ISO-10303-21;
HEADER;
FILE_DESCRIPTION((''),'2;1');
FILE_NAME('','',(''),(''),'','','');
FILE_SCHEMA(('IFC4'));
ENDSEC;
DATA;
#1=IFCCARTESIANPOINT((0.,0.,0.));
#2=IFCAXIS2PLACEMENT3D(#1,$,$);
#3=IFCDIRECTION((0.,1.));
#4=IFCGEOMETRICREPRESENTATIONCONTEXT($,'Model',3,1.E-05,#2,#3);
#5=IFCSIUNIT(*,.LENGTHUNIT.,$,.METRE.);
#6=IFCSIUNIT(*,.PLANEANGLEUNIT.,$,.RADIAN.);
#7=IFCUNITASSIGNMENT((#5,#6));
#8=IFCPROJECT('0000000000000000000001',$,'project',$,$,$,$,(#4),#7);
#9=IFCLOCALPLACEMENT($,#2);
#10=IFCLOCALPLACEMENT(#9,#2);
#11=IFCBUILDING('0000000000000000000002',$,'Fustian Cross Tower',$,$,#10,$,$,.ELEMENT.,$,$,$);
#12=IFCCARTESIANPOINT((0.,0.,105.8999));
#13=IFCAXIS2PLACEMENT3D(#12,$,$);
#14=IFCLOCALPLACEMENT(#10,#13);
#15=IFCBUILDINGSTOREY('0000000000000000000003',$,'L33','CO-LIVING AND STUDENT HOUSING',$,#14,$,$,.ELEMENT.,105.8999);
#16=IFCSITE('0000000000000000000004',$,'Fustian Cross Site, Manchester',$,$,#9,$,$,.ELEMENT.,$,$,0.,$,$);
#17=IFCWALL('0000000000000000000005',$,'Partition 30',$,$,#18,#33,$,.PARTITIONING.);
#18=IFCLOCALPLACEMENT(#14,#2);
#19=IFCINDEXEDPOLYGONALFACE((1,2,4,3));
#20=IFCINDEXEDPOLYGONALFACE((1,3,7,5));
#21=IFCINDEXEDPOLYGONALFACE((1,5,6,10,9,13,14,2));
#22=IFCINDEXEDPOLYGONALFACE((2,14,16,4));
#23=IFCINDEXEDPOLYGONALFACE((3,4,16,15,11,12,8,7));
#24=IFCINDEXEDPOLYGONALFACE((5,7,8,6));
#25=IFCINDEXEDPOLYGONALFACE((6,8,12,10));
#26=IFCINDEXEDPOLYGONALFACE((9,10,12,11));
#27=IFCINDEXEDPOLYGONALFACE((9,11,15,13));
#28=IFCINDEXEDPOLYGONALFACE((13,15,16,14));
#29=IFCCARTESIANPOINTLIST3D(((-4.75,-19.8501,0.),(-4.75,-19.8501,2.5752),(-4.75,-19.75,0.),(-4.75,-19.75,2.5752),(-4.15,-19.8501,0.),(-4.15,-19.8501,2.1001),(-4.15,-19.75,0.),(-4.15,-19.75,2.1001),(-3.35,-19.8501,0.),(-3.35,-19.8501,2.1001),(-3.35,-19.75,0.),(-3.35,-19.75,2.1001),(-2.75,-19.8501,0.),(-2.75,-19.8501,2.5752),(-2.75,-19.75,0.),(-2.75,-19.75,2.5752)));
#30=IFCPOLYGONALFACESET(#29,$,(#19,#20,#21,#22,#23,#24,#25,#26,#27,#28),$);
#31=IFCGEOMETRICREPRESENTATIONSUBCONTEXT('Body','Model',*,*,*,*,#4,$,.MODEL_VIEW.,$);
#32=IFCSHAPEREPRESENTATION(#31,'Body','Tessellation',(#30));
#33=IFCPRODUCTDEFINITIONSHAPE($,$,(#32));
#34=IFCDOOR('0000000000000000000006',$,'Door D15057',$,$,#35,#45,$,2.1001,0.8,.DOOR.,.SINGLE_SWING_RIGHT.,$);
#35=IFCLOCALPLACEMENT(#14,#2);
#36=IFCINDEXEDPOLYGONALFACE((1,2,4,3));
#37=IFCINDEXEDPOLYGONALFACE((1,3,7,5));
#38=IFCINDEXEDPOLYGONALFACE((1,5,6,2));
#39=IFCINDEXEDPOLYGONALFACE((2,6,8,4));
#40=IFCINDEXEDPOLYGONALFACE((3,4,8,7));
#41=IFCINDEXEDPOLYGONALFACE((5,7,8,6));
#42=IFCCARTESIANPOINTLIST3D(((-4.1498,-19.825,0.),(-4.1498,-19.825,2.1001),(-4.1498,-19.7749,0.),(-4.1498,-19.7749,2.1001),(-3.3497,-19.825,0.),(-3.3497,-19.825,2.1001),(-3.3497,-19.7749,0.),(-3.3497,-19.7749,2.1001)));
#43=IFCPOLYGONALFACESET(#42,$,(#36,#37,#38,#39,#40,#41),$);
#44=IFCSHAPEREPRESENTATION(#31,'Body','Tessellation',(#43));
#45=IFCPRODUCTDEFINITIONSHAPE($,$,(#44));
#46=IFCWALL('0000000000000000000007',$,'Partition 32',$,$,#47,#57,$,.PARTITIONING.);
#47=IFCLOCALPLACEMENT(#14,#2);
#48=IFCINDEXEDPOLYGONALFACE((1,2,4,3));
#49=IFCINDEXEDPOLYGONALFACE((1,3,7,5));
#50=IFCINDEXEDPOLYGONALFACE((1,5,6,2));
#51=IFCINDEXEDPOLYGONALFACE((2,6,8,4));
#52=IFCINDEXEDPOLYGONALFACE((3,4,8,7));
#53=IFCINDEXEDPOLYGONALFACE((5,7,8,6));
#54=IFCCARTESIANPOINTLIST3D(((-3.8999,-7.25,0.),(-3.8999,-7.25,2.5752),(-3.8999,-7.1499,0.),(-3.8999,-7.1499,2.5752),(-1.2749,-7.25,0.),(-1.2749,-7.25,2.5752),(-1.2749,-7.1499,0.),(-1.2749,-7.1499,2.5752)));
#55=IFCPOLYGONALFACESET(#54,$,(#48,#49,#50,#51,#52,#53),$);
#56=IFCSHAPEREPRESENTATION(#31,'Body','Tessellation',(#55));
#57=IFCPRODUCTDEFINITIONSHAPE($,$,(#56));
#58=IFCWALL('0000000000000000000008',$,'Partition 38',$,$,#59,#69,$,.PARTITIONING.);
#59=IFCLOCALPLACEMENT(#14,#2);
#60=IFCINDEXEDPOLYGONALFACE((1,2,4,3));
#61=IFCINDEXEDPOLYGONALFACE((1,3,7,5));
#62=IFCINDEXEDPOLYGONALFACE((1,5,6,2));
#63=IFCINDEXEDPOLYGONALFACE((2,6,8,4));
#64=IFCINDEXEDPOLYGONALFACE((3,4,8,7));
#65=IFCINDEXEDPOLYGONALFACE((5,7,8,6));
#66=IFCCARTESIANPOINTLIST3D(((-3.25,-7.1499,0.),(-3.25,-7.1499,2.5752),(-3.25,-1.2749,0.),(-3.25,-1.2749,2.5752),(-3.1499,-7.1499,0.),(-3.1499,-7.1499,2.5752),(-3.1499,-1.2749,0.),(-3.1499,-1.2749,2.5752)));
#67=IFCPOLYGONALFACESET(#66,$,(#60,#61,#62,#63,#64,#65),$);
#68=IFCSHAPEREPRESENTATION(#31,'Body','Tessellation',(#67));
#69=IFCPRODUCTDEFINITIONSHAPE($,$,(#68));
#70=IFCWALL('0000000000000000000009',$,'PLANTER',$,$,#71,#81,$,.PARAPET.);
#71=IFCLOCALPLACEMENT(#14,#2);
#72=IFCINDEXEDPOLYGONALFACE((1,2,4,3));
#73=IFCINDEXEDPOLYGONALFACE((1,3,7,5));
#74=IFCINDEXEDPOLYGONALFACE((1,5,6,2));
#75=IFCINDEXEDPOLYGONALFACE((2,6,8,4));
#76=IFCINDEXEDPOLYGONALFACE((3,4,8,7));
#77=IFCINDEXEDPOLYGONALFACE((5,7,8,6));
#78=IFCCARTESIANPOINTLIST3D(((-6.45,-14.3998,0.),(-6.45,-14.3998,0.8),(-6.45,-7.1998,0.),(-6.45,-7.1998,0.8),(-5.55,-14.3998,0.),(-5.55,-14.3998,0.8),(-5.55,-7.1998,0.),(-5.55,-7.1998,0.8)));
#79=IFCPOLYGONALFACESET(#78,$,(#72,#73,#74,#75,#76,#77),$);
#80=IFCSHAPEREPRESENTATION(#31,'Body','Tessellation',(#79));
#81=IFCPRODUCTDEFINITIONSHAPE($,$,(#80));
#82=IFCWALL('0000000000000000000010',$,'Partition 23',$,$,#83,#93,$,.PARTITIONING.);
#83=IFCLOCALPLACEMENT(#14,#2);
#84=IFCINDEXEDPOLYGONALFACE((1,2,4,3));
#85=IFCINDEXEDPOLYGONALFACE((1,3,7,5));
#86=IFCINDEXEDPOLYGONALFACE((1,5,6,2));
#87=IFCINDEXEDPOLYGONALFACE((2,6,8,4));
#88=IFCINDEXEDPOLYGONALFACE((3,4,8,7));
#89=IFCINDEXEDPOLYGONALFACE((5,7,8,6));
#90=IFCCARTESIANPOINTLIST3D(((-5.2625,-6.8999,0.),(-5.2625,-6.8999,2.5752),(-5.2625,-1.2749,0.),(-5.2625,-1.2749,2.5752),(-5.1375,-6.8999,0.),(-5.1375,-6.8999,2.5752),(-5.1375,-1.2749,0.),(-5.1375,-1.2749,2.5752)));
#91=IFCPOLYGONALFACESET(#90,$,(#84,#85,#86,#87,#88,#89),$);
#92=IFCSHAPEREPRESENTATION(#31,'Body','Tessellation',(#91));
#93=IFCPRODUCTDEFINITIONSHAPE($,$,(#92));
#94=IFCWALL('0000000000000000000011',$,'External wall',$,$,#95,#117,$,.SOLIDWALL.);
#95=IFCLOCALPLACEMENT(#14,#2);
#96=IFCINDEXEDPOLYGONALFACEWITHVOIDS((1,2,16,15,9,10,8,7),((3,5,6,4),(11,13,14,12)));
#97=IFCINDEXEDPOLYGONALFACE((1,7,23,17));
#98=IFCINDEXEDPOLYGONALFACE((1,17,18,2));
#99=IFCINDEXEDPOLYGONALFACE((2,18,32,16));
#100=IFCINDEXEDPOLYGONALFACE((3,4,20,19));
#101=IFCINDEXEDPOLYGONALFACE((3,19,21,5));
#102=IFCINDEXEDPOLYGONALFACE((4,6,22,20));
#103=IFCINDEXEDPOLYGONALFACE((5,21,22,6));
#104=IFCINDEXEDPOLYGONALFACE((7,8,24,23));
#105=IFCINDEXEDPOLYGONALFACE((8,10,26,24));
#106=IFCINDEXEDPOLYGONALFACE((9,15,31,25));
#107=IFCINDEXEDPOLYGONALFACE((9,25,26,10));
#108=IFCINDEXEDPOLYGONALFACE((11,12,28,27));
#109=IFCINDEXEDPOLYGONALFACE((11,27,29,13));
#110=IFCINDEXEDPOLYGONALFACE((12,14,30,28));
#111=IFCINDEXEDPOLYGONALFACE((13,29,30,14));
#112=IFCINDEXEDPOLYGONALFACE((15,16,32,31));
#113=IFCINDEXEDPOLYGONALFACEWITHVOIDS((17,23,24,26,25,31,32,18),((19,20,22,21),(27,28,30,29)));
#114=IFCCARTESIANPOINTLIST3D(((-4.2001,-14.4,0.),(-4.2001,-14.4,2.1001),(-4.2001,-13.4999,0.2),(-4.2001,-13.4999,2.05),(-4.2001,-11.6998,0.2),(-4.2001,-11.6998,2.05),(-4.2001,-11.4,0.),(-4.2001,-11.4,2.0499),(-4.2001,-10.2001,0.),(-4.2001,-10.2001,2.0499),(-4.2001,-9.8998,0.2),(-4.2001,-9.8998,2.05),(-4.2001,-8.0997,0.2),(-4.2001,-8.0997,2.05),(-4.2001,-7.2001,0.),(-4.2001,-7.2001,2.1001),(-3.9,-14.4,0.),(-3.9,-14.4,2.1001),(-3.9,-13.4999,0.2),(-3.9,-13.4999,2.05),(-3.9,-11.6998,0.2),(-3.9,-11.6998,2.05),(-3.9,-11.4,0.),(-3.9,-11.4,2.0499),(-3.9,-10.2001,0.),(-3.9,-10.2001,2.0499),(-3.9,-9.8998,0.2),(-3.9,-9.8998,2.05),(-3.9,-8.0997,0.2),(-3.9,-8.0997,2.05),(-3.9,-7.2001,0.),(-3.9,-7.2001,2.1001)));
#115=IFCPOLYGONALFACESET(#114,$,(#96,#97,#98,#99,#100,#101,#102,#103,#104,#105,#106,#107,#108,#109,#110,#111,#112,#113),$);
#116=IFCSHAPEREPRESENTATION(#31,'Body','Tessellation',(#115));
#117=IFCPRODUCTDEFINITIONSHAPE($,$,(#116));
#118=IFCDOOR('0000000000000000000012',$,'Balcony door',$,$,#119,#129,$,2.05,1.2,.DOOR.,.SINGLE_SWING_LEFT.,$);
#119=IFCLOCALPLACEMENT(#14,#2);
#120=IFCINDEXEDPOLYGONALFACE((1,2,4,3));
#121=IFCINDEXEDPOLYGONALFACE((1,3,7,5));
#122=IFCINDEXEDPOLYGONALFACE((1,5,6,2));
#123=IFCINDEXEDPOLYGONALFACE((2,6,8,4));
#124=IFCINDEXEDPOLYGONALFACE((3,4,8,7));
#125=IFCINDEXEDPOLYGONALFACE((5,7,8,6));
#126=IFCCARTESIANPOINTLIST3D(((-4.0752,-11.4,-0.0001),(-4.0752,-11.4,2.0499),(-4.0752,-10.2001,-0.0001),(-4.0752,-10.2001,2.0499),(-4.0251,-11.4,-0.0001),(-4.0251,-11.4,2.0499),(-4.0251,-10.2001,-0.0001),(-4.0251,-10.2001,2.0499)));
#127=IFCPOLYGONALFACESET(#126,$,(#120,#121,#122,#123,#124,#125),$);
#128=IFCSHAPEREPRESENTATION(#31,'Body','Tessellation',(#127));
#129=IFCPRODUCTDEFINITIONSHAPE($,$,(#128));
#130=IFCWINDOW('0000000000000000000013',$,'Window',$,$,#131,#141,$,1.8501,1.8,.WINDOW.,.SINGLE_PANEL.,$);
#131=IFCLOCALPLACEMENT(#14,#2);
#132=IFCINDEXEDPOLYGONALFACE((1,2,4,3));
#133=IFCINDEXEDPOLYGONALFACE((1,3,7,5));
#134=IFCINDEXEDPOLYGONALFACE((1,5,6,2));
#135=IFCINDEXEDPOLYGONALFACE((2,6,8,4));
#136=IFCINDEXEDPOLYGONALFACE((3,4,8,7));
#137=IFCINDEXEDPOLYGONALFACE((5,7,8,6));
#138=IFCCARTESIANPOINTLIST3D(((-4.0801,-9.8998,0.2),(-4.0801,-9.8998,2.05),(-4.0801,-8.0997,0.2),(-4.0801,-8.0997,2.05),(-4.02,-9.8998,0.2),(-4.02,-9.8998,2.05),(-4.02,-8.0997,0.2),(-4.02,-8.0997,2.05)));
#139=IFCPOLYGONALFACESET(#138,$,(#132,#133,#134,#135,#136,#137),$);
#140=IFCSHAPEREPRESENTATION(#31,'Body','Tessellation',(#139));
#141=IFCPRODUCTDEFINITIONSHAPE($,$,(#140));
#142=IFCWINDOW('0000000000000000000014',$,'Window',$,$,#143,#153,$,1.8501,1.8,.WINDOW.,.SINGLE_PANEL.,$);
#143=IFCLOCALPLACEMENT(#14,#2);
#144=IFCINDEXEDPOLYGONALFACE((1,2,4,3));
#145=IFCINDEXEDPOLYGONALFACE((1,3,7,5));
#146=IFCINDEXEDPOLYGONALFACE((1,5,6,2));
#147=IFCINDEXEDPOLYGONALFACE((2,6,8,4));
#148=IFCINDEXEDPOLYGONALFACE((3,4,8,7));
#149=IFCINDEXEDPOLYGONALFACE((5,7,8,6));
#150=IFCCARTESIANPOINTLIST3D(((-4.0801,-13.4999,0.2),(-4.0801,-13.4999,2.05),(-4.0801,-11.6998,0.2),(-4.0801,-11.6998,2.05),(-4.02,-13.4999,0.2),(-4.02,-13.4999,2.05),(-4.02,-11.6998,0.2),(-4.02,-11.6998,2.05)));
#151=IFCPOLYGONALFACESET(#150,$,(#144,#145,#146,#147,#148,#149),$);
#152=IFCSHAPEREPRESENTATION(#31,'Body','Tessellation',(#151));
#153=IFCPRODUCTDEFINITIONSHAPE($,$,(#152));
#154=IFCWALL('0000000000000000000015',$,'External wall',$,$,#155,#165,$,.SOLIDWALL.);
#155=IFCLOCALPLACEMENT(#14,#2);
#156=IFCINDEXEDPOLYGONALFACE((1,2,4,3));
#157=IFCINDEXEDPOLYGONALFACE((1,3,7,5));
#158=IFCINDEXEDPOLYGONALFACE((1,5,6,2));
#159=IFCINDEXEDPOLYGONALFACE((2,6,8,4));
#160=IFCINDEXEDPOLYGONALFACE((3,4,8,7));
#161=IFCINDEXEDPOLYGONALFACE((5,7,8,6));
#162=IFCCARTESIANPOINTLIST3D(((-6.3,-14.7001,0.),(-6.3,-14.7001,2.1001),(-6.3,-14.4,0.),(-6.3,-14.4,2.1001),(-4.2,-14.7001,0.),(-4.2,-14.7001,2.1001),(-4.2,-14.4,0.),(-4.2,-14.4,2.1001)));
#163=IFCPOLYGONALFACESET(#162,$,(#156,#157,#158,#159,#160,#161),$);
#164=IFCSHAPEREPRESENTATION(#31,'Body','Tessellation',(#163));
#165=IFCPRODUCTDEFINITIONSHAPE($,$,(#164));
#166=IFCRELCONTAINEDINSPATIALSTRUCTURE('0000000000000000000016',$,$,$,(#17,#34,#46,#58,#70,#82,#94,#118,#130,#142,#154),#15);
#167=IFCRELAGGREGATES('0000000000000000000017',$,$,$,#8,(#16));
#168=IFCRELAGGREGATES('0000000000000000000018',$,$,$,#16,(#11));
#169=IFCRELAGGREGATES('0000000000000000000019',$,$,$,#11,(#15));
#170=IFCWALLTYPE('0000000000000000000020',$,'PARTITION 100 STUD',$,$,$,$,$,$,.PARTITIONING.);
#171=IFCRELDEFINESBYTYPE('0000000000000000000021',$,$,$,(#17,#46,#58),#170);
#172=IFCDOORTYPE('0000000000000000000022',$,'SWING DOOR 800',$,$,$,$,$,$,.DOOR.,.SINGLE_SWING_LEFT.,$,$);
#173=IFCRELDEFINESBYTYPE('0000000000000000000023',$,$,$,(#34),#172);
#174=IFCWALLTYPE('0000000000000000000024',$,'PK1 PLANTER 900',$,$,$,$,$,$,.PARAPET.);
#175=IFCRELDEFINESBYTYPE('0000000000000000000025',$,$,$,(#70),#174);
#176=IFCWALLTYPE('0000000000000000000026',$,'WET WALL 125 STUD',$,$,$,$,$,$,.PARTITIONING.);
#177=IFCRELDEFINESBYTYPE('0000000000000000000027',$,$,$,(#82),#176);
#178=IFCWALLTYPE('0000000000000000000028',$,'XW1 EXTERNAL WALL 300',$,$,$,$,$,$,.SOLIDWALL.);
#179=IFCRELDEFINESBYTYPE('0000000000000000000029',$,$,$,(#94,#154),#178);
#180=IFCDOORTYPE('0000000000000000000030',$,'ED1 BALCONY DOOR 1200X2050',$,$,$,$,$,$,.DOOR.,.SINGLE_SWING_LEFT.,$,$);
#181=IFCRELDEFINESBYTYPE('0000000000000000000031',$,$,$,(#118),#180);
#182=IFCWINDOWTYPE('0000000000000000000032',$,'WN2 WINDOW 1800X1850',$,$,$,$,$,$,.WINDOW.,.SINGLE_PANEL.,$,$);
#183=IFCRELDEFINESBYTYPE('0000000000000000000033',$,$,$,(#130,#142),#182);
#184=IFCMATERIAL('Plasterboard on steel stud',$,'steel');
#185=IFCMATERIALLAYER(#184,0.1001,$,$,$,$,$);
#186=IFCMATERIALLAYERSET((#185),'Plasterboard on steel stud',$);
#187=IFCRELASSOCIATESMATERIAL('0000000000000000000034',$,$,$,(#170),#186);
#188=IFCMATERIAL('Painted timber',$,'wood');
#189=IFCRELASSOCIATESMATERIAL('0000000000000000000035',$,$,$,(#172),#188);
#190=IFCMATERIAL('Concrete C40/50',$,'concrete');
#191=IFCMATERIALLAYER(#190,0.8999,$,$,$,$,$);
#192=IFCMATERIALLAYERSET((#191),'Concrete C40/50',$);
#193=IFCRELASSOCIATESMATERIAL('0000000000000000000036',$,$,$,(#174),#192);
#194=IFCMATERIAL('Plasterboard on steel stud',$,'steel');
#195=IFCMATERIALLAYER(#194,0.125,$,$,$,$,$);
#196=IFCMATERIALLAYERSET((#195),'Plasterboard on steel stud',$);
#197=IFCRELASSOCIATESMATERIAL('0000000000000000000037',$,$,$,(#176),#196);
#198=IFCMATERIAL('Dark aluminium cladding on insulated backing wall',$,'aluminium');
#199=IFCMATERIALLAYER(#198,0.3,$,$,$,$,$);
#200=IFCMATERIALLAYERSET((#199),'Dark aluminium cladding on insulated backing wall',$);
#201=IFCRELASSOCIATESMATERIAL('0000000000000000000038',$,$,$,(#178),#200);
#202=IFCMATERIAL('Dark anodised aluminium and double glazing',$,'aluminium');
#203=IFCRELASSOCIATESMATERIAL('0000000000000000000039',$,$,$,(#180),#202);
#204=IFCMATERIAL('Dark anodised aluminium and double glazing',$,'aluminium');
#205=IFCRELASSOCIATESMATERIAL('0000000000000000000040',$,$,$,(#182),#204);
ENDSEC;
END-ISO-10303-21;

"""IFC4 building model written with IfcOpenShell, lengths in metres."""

from ifc_helpers import new_model, si_unit, direction, frame, frame_2d, origin, place, context, subcontext, project, spatial, rectangle, extrude, material, layer, layer_set, type_object, element, fill, save


model = new_model("IFC4")

# Units and contexts
model_context = context("Model", 3, precision=1e-05, world=origin(), true_north=direction((0.0, 1.0)))
body_context = subcontext(model_context, "Body", "Model", "MODEL_VIEW")
ifc_project = project(units=[si_unit("LENGTHUNIT", "METRE"), si_unit("PLANEANGLEUNIT", "RADIAN")], contexts=[model_context])

# Site, building, storey
site_placement = place(None, origin())
site = spatial("IfcSite", under=ifc_project, at=site_placement, Name="Fustian Cross Site, Manchester", CompositionType="ELEMENT", RefElevation=0.0)
building_placement = place(site_placement, origin())
building = spatial("IfcBuilding", under=site, at=building_placement, Name="Fustian Cross Tower", CompositionType="ELEMENT")
storey_placement = place(building_placement, frame((0.0, 0.0, 105.8999)))
storey = spatial("IfcBuildingStorey", under=building, at=storey_placement, Name="L33", Description="CO-LIVING AND STUDENT HOUSING", CompositionType="ELEMENT", Elevation=105.8999)

# Wall, opening, door
ifc_material_1 = material(Name="Plasterboard on steel stud", Category="steel")
ifc_layer_1 = layer(ifc_material_1, 0.1001)
ifc_layer_set_1 = layer_set([ifc_layer_1], Name="Plasterboard on steel stud")
wall_type_1 = type_object("IfcWallType", Name="PARTITION 100 STUD", PredefinedType="PARTITIONING", material=ifc_layer_set_1)
ifc_material_2 = material(Name="Painted timber", Category="wood")
door_type_1 = type_object("IfcDoorType", Name="SWING DOOR 800", OperationType="SINGLE_SWING_LEFT", PredefinedType="DOOR", material=ifc_material_2)
wall_1_placement = place(storey_placement, frame((-4.75, -19.8, 0.0), z_axis=(0.0, 0.0, 1.0), x_axis=(1.0, 0.0, 0.0)))
wall_1 = element("IfcWall", 1, at=wall_1_placement, inside=storey, type_object=wall_type_1, Name="Partition 30", PredefinedType="PARTITIONING", context=body_context, shape_type="SweptSolid", body=[
    extrude(rectangle(XDim=2.0, YDim=0.1001, at=frame_2d((1.0, 0.0))), origin(), (0.0, 0.0, 1.0), 2.5752),
])
opening_1_placement = place(wall_1_placement, frame((0.6001, 0.0, 0.0)))
opening_1 = element("IfcOpeningElement", 2, at=opening_1_placement, cuts=wall_1, PredefinedType="OPENING", context=body_context, shape_type="SweptSolid", body=[
    extrude(rectangle(XDim=0.8, YDim=2.1001, at=frame_2d((0.3999, 1.05))), frame((0.0, 0.0601, 0.0), z_axis=(0.0, -1.0, 0.0), x_axis=(1.0, 0.0, 0.0)), (0.0, 0.0, 1.0), 0.1201),
])
door_1_placement = place(opening_1_placement, frame((0.8, 0.0, 0.0), z_axis=(0.0, 0.0, 1.0), x_axis=(-1.0, 0.0, 0.0)))
door_1 = element("IfcDoor", 3, at=door_1_placement, inside=storey, type_object=door_type_1, Name="Door D15057", OperationType="SINGLE_SWING_RIGHT", OverallHeight=2.1001, OverallWidth=0.8, PredefinedType="DOOR", context=body_context, shape_type="SweptSolid", body=[
    extrude(rectangle(XDim=0.8, YDim=2.1001, at=frame_2d((0.3999, 1.05))), frame((0.0, 0.0249, 0.0), z_axis=(0.0, -1.0, 0.0), x_axis=(1.0, 0.0, 0.0)), (0.0, 0.0, 1.0), 0.05),
])
fill(opening_1, door_1)

# Walls
wall_2_placement = place(storey_placement, frame((-3.8999, -7.2, 0.0), z_axis=(0.0, 0.0, 1.0), x_axis=(1.0, 0.0, 0.0)))
element("IfcWall", 4, at=wall_2_placement, inside=storey, type_object=wall_type_1, Name="Partition 32", PredefinedType="PARTITIONING", context=body_context, shape_type="SweptSolid", body=[
    extrude(rectangle(XDim=2.625, YDim=0.1001, at=frame_2d((1.3125, 0.0))), origin(), (0.0, 0.0, 1.0), 2.5752),
])
wall_3_placement = place(storey_placement, frame((-3.2, -7.1499, 0.0), z_axis=(0.0, 0.0, 1.0), x_axis=(0.0, 1.0, 0.0)))
element("IfcWall", 5, at=wall_3_placement, inside=storey, type_object=wall_type_1, Name="Partition 38", PredefinedType="PARTITIONING", context=body_context, shape_type="SweptSolid", body=[
    extrude(rectangle(XDim=5.875, YDim=0.1001, at=frame_2d((2.9375, 0.0))), origin(), (0.0, 0.0, 1.0), 2.5752),
])
ifc_material_3 = material(Name="Concrete C40/50", Category="concrete")
ifc_layer_2 = layer(ifc_material_3, 0.8999)
ifc_layer_set_2 = layer_set([ifc_layer_2], Name="Concrete C40/50")
wall_type_2 = type_object("IfcWallType", Name="PK1 PLANTER 900", PredefinedType="PARAPET", material=ifc_layer_set_2)
wall_4_placement = place(storey_placement, frame((-6.0, -14.3999, 0.0), z_axis=(0.0, 0.0, 1.0), x_axis=(0.0, 1.0, 0.0)))
element("IfcWall", 6, at=wall_4_placement, inside=storey, type_object=wall_type_2, Name="PLANTER", PredefinedType="PARAPET", context=body_context, shape_type="SweptSolid", body=[
    extrude(rectangle(XDim=7.2, YDim=0.8999, at=frame_2d((3.6001, 0.0))), origin(), (0.0, 0.0, 1.0), 0.8),
])
ifc_material_4 = material(Name="Plasterboard on steel stud", Category="steel")
ifc_layer_3 = layer(ifc_material_4, 0.125)
ifc_layer_set_3 = layer_set([ifc_layer_3], Name="Plasterboard on steel stud")
wall_type_3 = type_object("IfcWallType", Name="WET WALL 125 STUD", PredefinedType="PARTITIONING", material=ifc_layer_set_3)
wall_5_placement = place(storey_placement, frame((-5.2, -6.8999, 0.0), z_axis=(0.0, 0.0, 1.0), x_axis=(0.0, 1.0, 0.0)))
element("IfcWall", 7, at=wall_5_placement, inside=storey, type_object=wall_type_3, Name="Partition 23", PredefinedType="PARTITIONING", context=body_context, shape_type="SweptSolid", body=[
    extrude(rectangle(XDim=5.625, YDim=0.125, at=frame_2d((2.8125, 0.0))), origin(), (0.0, 0.0, 1.0), 2.5752),
])

# Wall, openings, door, windows
ifc_material_5 = material(Name="Dark aluminium cladding on insulated backing wall", Category="aluminium")
ifc_layer_4 = layer(ifc_material_5, 0.3)
ifc_layer_set_4 = layer_set([ifc_layer_4], Name="Dark aluminium cladding on insulated backing wall")
wall_type_4 = type_object("IfcWallType", Name="XW1 EXTERNAL WALL 300", PredefinedType="SOLIDWALL", material=ifc_layer_set_4)
wall_6_placement = place(storey_placement, frame((-4.05, -7.2, 0.0), z_axis=(0.0, 0.0, 1.0), x_axis=(0.0, -1.0, 0.0)))
wall_6 = element("IfcWall", 8, at=wall_6_placement, inside=storey, type_object=wall_type_4, Name="External wall", PredefinedType="SOLIDWALL", context=body_context, shape_type="SweptSolid", body=[
    extrude(rectangle(XDim=7.2, YDim=0.3, at=frame_2d((3.6001, 0.0))), origin(), (0.0, 0.0, 1.0), 2.1001),
])
opening_2_placement = place(wall_6_placement, frame((3.0, 0.0, 0.0)))
opening_2 = element("IfcOpeningElement", 9, at=opening_2_placement, cuts=wall_6, PredefinedType="OPENING", context=body_context, shape_type="SweptSolid", body=[
    extrude(rectangle(XDim=1.2, YDim=2.05, at=frame_2d((0.6001, 1.0249))), frame((0.0, 0.1599, 0.0), z_axis=(0.0, -1.0, 0.0), x_axis=(1.0, 0.0, 0.0)), (0.0, 0.0, 1.0), 0.3201),
])
opening_3_placement = place(wall_6_placement, frame((0.8999, 0.0, 0.2)))
opening_3 = element("IfcOpeningElement", 10, at=opening_3_placement, cuts=wall_6, PredefinedType="OPENING", context=body_context, shape_type="SweptSolid", body=[
    extrude(rectangle(XDim=1.8, YDim=1.8501, at=frame_2d((0.8999, 0.925))), frame((0.0, 0.1599, 0.0), z_axis=(0.0, -1.0, 0.0), x_axis=(1.0, 0.0, 0.0)), (0.0, 0.0, 1.0), 0.3201),
])
opening_4_placement = place(wall_6_placement, frame((4.5, 0.0, 0.2)))
opening_4 = element("IfcOpeningElement", 11, at=opening_4_placement, cuts=wall_6, PredefinedType="OPENING", context=body_context, shape_type="SweptSolid", body=[
    extrude(rectangle(XDim=1.8, YDim=1.8501, at=frame_2d((0.8999, 0.925))), frame((0.0, 0.1599, 0.0), z_axis=(0.0, -1.0, 0.0), x_axis=(1.0, 0.0, 0.0)), (0.0, 0.0, 1.0), 0.3201),
])
ifc_material_6 = material(Name="Dark anodised aluminium and double glazing", Category="aluminium")
door_type_2 = type_object("IfcDoorType", Name="ED1 BALCONY DOOR 1200X2050", OperationType="SINGLE_SWING_LEFT", PredefinedType="DOOR", material=ifc_material_6)
door_2_placement = place(opening_2_placement, origin())
door_2 = element("IfcDoor", 12, at=door_2_placement, inside=storey, type_object=door_type_2, Name="Balcony door", OperationType="SINGLE_SWING_LEFT", OverallHeight=2.05, OverallWidth=1.2, PredefinedType="DOOR", context=body_context, shape_type="SweptSolid", body=[
    extrude(rectangle(XDim=1.2, YDim=2.05, at=frame_2d((0.6001, 1.0249))), frame((0.0, 0.0249, 0.0), z_axis=(0.0, -1.0, 0.0), x_axis=(1.0, 0.0, 0.0)), (0.0, 0.0, 1.0), 0.05),
])
fill(opening_2, door_2)
ifc_material_7 = material(Name="Dark anodised aluminium and double glazing", Category="aluminium")
window_type = type_object("IfcWindowType", Name="WN2 WINDOW 1800X1850", PartitioningType="SINGLE_PANEL", PredefinedType="WINDOW", material=ifc_material_7)
window_1_placement = place(opening_3_placement, origin())
window_1 = element("IfcWindow", 13, at=window_1_placement, inside=storey, type_object=window_type, Name="Window", OverallHeight=1.8501, OverallWidth=1.8, PartitioningType="SINGLE_PANEL", PredefinedType="WINDOW", context=body_context, shape_type="SweptSolid", body=[
    extrude(rectangle(XDim=1.8, YDim=1.8501, at=frame_2d((0.8999, 0.925))), frame((0.0, 0.03, 0.0), z_axis=(0.0, -1.0, 0.0), x_axis=(1.0, 0.0, 0.0)), (0.0, 0.0, 1.0), 0.0601),
])
fill(opening_3, window_1)
window_2_placement = place(opening_4_placement, origin())
window_2 = element("IfcWindow", 14, at=window_2_placement, inside=storey, type_object=window_type, Name="Window", OverallHeight=1.8501, OverallWidth=1.8, PartitioningType="SINGLE_PANEL", PredefinedType="WINDOW", context=body_context, shape_type="SweptSolid", body=[
    extrude(rectangle(XDim=1.8, YDim=1.8501, at=frame_2d((0.8999, 0.925))), frame((0.0, 0.03, 0.0), z_axis=(0.0, -1.0, 0.0), x_axis=(1.0, 0.0, 0.0)), (0.0, 0.0, 1.0), 0.0601),
])
fill(opening_4, window_2)

# Wall
wall_7_placement = place(storey_placement, frame((-4.2, -14.55, 0.0), z_axis=(0.0, 0.0, 1.0), x_axis=(-1.0, 0.0, 0.0)))
element("IfcWall", 15, at=wall_7_placement, inside=storey, type_object=wall_type_4, Name="External wall", PredefinedType="SOLIDWALL", context=body_context, shape_type="SweptSolid", body=[
    extrude(rectangle(XDim=2.1001, YDim=0.3, at=frame_2d((1.05, 0.0))), origin(), (0.0, 0.0, 1.0), 2.1001),
])

save(model, "model.ifc")
